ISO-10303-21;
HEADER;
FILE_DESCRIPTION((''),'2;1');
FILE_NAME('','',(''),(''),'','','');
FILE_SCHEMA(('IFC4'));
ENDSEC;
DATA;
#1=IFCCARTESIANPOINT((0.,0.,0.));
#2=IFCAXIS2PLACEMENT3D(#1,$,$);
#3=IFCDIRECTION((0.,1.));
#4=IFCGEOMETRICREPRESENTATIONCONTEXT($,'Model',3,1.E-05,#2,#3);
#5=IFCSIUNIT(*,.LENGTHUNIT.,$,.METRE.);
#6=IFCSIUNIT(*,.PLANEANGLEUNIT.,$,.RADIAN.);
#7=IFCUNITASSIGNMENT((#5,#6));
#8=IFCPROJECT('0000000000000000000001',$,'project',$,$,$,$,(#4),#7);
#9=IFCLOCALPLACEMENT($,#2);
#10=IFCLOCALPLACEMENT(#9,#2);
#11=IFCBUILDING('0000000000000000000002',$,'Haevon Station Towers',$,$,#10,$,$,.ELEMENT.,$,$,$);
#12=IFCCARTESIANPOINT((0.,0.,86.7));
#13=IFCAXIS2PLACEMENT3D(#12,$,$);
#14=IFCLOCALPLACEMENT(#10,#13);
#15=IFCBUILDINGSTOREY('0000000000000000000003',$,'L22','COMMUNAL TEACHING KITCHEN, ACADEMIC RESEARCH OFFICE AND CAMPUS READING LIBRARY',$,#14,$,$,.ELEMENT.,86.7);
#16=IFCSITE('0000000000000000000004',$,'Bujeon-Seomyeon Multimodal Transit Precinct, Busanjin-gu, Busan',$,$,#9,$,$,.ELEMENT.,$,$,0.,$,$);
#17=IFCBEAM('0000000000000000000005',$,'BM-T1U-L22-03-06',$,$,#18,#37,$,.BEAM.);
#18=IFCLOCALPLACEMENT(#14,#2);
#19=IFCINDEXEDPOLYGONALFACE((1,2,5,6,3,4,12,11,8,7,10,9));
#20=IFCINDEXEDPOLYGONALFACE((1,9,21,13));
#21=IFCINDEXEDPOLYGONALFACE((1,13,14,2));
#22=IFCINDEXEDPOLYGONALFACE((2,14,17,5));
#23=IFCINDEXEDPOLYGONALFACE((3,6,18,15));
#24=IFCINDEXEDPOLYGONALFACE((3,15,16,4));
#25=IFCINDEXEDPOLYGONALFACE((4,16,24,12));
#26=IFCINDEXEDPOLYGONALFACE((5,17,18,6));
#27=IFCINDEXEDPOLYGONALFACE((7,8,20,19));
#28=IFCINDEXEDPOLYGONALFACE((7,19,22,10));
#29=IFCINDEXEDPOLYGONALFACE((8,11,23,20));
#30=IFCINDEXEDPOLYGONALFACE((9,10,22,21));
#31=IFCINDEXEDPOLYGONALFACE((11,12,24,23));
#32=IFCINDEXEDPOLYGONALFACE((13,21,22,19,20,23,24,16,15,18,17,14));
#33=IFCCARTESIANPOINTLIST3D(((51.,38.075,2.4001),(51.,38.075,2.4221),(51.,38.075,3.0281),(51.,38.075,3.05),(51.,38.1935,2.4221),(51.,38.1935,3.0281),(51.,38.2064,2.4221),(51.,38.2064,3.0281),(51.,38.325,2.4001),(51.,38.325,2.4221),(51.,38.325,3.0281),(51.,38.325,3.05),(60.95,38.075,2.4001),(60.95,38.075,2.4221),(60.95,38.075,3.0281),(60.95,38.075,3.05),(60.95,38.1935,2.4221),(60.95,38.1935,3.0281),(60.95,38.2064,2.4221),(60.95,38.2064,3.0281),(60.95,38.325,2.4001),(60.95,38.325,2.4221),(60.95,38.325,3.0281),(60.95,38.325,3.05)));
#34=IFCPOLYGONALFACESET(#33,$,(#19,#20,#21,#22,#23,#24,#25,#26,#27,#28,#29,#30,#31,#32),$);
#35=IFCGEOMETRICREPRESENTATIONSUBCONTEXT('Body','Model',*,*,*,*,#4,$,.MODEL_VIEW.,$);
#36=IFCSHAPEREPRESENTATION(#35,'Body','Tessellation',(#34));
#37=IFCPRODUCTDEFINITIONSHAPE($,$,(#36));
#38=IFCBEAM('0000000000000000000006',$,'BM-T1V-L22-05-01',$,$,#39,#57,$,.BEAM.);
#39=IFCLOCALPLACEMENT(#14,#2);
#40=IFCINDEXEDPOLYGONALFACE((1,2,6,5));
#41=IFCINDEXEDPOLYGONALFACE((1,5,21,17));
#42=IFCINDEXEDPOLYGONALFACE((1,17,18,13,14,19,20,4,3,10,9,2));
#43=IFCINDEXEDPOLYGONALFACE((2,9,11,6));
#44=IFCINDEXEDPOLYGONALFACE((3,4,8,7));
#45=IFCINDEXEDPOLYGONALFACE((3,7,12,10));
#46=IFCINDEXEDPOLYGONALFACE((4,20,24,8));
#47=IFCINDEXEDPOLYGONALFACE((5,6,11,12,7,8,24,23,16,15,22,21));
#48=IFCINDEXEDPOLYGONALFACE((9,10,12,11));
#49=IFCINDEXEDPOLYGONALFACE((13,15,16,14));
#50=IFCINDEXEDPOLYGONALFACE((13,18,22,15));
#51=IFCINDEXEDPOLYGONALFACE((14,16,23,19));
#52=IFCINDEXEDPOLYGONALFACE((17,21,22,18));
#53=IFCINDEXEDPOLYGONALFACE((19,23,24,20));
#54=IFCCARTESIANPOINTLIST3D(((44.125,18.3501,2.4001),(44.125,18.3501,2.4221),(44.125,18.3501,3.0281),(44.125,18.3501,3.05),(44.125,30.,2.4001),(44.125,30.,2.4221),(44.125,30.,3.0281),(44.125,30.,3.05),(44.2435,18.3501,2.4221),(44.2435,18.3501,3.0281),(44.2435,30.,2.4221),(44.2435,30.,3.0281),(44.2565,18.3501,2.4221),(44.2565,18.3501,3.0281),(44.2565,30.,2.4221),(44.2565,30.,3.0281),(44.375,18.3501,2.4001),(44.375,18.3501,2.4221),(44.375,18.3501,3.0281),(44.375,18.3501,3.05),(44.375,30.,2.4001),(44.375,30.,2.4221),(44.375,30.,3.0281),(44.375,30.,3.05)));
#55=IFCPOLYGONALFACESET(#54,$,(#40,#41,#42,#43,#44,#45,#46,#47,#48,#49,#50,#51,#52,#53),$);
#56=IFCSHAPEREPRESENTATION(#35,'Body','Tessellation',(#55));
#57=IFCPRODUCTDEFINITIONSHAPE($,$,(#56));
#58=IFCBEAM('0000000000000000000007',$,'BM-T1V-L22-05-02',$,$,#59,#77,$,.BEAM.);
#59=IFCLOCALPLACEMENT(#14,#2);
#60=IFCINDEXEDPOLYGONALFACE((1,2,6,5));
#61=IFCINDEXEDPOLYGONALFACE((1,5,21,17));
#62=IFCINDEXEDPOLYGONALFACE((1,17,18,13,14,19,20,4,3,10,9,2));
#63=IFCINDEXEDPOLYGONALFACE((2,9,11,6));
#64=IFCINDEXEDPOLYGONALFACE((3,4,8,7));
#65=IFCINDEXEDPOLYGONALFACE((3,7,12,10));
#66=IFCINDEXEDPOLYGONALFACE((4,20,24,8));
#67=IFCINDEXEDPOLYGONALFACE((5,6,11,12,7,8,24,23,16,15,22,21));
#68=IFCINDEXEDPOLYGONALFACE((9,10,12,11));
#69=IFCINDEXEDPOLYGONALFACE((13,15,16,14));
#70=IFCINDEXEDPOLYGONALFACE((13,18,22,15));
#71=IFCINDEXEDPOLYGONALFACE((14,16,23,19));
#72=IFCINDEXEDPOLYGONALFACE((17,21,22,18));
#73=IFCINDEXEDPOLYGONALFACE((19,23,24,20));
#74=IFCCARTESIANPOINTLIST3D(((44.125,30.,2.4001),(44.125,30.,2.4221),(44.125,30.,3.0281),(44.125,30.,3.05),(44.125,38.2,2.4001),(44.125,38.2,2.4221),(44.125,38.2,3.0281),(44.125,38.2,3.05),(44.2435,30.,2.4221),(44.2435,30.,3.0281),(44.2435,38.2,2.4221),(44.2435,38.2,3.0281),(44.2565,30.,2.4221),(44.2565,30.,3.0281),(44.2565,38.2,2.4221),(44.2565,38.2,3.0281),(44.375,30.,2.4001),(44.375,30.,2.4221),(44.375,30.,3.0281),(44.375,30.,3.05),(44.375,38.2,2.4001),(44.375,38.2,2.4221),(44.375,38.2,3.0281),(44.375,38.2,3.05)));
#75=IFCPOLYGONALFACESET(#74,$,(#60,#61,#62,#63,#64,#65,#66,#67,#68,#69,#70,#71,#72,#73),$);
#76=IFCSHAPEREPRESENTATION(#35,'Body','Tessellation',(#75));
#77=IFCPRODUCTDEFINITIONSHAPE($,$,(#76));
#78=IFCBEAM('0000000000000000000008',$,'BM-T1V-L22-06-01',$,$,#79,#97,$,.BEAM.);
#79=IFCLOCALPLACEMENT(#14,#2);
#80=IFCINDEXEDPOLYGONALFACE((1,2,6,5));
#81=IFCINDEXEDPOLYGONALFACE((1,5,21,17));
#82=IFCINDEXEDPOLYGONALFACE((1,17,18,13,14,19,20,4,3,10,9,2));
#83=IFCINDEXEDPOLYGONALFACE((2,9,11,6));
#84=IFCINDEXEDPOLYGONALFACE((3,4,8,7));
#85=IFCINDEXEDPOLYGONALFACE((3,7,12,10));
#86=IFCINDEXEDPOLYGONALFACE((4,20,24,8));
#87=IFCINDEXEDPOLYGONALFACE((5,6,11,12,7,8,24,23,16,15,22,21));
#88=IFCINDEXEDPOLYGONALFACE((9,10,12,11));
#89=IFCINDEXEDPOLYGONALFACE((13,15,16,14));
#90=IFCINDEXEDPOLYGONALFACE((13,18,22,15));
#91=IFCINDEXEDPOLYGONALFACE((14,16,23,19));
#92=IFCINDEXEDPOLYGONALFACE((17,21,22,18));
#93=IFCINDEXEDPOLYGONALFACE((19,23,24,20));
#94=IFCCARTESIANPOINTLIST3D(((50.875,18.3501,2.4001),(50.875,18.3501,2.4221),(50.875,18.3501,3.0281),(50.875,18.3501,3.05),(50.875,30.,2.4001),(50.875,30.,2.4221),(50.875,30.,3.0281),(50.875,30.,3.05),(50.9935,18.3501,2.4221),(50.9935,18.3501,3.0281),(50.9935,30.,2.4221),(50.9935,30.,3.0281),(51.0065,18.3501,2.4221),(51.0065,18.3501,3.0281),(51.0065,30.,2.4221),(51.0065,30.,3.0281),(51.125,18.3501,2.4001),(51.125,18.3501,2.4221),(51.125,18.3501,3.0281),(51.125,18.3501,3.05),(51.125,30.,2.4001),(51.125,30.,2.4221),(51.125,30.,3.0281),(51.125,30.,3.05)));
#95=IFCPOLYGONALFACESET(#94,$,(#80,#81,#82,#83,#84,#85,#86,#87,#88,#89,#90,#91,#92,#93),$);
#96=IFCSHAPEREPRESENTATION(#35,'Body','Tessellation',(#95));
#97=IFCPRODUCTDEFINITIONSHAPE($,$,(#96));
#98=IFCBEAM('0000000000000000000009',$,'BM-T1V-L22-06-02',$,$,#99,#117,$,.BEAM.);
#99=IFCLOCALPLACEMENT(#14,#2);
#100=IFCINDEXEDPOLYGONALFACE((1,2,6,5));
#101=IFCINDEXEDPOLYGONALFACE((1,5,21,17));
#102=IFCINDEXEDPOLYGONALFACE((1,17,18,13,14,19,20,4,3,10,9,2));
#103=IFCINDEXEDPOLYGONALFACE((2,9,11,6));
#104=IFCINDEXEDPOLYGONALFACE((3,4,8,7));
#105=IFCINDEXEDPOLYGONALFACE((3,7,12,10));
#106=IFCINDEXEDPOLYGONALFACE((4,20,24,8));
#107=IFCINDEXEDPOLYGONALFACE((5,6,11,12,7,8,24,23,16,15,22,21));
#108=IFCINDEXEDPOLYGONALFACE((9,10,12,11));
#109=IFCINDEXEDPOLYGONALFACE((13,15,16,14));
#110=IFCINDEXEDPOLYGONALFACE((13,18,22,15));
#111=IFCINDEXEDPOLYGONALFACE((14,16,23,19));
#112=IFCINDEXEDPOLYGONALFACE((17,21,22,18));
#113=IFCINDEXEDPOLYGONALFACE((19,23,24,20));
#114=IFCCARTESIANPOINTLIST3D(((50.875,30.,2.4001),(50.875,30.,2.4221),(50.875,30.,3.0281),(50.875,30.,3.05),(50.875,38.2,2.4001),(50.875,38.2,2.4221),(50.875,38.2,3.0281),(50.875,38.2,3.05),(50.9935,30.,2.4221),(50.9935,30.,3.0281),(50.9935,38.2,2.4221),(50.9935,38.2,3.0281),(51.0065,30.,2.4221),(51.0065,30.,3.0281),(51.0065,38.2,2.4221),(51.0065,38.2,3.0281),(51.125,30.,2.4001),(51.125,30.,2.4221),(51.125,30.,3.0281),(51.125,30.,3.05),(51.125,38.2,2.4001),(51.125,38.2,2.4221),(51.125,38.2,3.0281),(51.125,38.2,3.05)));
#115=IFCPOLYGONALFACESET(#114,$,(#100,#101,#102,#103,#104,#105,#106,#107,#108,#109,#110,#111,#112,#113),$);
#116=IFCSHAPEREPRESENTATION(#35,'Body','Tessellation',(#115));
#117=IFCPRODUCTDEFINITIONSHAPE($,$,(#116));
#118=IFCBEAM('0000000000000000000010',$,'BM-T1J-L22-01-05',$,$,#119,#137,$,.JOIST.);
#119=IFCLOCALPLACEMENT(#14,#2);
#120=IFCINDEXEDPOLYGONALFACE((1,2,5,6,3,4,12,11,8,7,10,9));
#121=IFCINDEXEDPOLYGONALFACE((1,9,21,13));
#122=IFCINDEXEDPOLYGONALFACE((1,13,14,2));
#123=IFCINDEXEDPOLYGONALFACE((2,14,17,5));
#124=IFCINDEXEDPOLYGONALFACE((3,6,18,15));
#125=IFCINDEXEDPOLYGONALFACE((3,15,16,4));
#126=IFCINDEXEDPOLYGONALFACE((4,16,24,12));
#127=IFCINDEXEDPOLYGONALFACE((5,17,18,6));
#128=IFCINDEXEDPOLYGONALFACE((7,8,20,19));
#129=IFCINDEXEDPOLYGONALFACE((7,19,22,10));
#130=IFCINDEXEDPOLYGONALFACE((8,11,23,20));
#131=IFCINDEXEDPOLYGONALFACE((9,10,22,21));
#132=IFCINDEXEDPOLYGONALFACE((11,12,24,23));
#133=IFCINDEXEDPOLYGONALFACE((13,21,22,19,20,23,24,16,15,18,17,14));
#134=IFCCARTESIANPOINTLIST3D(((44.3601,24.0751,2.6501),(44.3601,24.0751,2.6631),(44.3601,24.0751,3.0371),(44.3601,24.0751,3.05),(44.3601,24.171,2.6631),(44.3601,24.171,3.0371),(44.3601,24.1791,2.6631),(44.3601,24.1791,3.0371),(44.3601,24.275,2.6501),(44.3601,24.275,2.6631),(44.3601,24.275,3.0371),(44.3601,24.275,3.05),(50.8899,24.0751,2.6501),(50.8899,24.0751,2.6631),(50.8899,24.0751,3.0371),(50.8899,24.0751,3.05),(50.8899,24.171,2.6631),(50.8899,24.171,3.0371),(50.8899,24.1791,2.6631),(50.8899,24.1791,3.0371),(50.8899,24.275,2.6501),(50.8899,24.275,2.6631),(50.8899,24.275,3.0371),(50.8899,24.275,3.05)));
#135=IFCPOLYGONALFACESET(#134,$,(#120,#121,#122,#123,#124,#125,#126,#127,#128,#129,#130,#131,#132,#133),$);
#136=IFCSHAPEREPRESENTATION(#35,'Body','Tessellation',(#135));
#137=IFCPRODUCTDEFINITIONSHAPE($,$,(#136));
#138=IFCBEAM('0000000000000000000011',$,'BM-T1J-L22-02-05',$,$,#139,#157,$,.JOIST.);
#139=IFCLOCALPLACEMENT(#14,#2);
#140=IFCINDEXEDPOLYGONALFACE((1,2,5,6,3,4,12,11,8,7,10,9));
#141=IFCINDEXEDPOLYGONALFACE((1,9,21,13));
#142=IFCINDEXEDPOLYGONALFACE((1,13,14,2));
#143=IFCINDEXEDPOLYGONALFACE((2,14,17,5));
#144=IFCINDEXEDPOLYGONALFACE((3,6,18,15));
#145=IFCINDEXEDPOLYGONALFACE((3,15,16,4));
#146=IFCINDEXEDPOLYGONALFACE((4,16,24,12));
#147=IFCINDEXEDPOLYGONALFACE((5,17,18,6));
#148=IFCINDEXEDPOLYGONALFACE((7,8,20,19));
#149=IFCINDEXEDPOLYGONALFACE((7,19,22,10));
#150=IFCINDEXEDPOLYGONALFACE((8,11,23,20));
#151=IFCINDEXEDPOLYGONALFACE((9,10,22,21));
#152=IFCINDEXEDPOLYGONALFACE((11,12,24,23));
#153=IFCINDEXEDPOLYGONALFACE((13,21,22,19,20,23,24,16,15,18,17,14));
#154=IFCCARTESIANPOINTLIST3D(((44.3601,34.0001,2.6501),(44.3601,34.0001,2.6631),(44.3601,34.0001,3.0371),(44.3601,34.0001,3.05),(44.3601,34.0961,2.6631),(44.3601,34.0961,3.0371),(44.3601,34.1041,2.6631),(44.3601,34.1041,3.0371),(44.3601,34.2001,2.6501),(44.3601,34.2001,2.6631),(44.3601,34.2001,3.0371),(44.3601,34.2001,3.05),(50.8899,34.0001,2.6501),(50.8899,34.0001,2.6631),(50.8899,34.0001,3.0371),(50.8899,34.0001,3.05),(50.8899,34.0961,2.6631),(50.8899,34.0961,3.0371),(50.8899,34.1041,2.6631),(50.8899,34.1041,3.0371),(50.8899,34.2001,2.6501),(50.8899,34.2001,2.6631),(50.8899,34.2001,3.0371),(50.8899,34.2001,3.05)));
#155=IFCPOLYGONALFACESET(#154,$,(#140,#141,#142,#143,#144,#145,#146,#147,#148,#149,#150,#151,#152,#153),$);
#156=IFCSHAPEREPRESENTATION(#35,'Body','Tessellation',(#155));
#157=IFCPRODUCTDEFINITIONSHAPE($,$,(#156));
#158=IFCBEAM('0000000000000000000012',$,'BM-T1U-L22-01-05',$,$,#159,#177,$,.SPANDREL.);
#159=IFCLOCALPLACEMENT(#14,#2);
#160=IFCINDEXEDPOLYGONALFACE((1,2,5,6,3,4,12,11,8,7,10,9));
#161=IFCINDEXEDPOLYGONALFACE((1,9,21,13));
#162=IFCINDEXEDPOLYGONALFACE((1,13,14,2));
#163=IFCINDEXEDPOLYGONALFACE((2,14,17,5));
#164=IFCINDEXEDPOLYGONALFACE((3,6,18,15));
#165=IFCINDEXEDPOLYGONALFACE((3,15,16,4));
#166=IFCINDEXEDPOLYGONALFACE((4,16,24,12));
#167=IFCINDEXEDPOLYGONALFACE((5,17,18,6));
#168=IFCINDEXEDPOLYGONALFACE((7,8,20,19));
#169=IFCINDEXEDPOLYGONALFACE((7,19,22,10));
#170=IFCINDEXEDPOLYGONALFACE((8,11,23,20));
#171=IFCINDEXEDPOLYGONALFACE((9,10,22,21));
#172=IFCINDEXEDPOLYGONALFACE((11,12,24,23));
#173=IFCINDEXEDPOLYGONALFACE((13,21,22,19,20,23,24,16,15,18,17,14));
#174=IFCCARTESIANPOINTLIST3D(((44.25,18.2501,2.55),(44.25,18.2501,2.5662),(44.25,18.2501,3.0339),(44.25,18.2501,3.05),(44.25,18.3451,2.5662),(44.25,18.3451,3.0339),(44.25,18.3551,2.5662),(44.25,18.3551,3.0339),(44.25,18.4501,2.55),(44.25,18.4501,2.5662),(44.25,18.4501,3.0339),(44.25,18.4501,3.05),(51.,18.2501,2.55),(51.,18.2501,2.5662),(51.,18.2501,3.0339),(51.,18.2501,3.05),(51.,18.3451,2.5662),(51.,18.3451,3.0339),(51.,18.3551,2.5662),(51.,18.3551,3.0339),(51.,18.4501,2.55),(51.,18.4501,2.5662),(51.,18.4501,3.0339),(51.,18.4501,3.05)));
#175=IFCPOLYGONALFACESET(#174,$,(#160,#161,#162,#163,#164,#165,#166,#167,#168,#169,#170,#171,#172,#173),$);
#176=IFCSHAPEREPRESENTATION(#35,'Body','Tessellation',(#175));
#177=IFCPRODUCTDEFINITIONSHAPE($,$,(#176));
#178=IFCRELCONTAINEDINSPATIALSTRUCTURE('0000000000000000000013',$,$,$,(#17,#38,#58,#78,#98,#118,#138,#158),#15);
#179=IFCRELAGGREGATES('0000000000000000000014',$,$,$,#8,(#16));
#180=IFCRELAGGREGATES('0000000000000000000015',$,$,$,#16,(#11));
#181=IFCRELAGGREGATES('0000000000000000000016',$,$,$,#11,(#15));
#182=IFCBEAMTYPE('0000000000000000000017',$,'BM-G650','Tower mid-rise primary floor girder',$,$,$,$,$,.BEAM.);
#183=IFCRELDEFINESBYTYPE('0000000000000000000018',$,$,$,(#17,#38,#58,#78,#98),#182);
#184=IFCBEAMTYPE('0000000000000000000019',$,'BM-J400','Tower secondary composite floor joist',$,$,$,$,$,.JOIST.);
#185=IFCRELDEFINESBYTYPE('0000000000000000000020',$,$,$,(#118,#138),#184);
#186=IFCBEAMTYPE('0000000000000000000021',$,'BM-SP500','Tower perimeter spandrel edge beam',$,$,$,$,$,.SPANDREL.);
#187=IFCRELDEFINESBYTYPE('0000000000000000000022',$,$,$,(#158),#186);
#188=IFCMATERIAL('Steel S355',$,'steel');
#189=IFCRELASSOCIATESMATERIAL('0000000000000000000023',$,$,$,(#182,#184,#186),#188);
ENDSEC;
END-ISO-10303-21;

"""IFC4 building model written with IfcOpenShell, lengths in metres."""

from ifc_helpers import new_model, si_unit, direction, frame, origin, origin_2d, place, context, subcontext, project, spatial, i_section, extrude, material, material_profile, profile_set, type_object, element, save


model = new_model("IFC4")

# Units and contexts
model_context = context("Model", 3, precision=1e-05, world=origin(), true_north=direction((0.0, 1.0)))
body_context = subcontext(model_context, "Body", "Model", "MODEL_VIEW")
ifc_project = project(units=[si_unit("LENGTHUNIT", "METRE"), si_unit("PLANEANGLEUNIT", "RADIAN")], contexts=[model_context])

# Site, building, storey
site_placement = place(None, origin())
site = spatial("IfcSite", under=ifc_project, at=site_placement, Name="Bujeon-Seomyeon Multimodal Transit Precinct, Busanjin-gu, Busan", CompositionType="ELEMENT", RefElevation=0.0)
building_placement = place(site_placement, origin())
building = spatial("IfcBuilding", under=site, at=building_placement, Name="Haevon Station Towers", CompositionType="ELEMENT")
storey_placement = place(building_placement, frame((0.0, 0.0, 86.7)))
storey = spatial("IfcBuildingStorey", under=building, at=storey_placement, Name="L22", Description="COMMUNAL TEACHING KITCHEN, ACADEMIC RESEARCH OFFICE AND CAMPUS READING LIBRARY", CompositionType="ELEMENT", Elevation=86.7)

# Beams
ifc_material_1 = material(Name="Steel S355", Category="steel")
ifc_material_profile_1 = material_profile(ifc_material_1, i_section(OverallWidth=0.25, OverallDepth=0.6499, WebThickness=0.0129, FlangeThickness=0.022, at=origin_2d()), Name="H-650x250x13x22")
ifc_profile_set_1 = profile_set([ifc_material_profile_1], Name="Steel S355")
beam_type_1 = type_object("IfcBeamType", Name="BM-G650", Description="Tower mid-rise primary floor girder", PredefinedType="BEAM", material=ifc_profile_set_1)
beam_1_placement = place(storey_placement, frame((51.0, 38.2, 2.7251), z_axis=(1.0, 0.0, 0.0), x_axis=(0.0, 1.0, 0.0)))
element("IfcBeam", 1, at=beam_1_placement, inside=storey, type_object=beam_type_1, Name="BM-T1U-L22-03-06", PredefinedType="BEAM", context=body_context, shape_type="SweptSolid", body=[
    extrude(i_section(OverallWidth=0.25, OverallDepth=0.6499, WebThickness=0.0129, FlangeThickness=0.022, at=origin_2d()), origin(), (0.0, 0.0, 1.0), 9.95),
])
beam_2_placement = place(storey_placement, frame((44.25, 18.3501, 2.7251), z_axis=(0.0, 1.0, 0.0), x_axis=(-1.0, 0.0, 0.0)))
element("IfcBeam", 2, at=beam_2_placement, inside=storey, type_object=beam_type_1, Name="BM-T1V-L22-05-01", PredefinedType="BEAM", context=body_context, shape_type="SweptSolid", body=[
    extrude(i_section(OverallWidth=0.25, OverallDepth=0.6499, WebThickness=0.0129, FlangeThickness=0.022, at=origin_2d()), origin(), (0.0, 0.0, 1.0), 11.6499),
])
beam_3_placement = place(storey_placement, frame((44.25, 30.0, 2.7251), z_axis=(0.0, 1.0, 0.0), x_axis=(-1.0, 0.0, 0.0)))
element("IfcBeam", 3, at=beam_3_placement, inside=storey, type_object=beam_type_1, Name="BM-T1V-L22-05-02", PredefinedType="BEAM", context=body_context, shape_type="SweptSolid", body=[
    extrude(i_section(OverallWidth=0.25, OverallDepth=0.6499, WebThickness=0.0129, FlangeThickness=0.022, at=origin_2d()), origin(), (0.0, 0.0, 1.0), 8.2),
])
beam_4_placement = place(storey_placement, frame((51.0, 18.3501, 2.7251), z_axis=(0.0, 1.0, 0.0), x_axis=(-1.0, 0.0, 0.0)))
element("IfcBeam", 4, at=beam_4_placement, inside=storey, type_object=beam_type_1, Name="BM-T1V-L22-06-01", PredefinedType="BEAM", context=body_context, shape_type="SweptSolid", body=[
    extrude(i_section(OverallWidth=0.25, OverallDepth=0.6499, WebThickness=0.0129, FlangeThickness=0.022, at=origin_2d()), origin(), (0.0, 0.0, 1.0), 11.6499),
])
beam_5_placement = place(storey_placement, frame((51.0, 30.0, 2.7251), z_axis=(0.0, 1.0, 0.0), x_axis=(-1.0, 0.0, 0.0)))
element("IfcBeam", 5, at=beam_5_placement, inside=storey, type_object=beam_type_1, Name="BM-T1V-L22-06-02", PredefinedType="BEAM", context=body_context, shape_type="SweptSolid", body=[
    extrude(i_section(OverallWidth=0.25, OverallDepth=0.6499, WebThickness=0.0129, FlangeThickness=0.022, at=origin_2d()), origin(), (0.0, 0.0, 1.0), 8.2),
])
ifc_material_profile_2 = material_profile(ifc_material_1, i_section(OverallWidth=0.2, OverallDepth=0.3999, WebThickness=0.0081, FlangeThickness=0.0129, at=origin_2d()), Name="H-400x200x8x13")
ifc_profile_set_2 = profile_set([ifc_material_profile_2], Name="Steel S355")
beam_type_2 = type_object("IfcBeamType", Name="BM-J400", Description="Tower secondary composite floor joist", PredefinedType="JOIST", material=ifc_profile_set_2)
for number, where, z_axis, x_axis, name in (
    (6, (44.3601, 24.175, 2.8501), (1.0, 0.0, 0.0), (0.0, 1.0, 0.0), "BM-T1J-L22-01-05"),
    (7, (44.3601, 34.1001, 2.8501), (1.0, 0.0, 0.0), (0.0, 1.0, 0.0), "BM-T1J-L22-02-05"),
):
    element("IfcBeam", number, at=place(storey_placement, frame(where, z_axis=z_axis, x_axis=x_axis)), inside=storey, type_object=beam_type_2, Name=name, PredefinedType="JOIST", context=body_context, shape_type="SweptSolid", body=[
        extrude(i_section(OverallWidth=0.2, OverallDepth=0.3999, WebThickness=0.0081, FlangeThickness=0.0129, at=origin_2d()), origin(), (0.0, 0.0, 1.0), 6.5298),
    ])
ifc_material_profile_3 = material_profile(ifc_material_1, i_section(OverallWidth=0.2, OverallDepth=0.5, WebThickness=0.01, FlangeThickness=0.0161, at=origin_2d()), Name="H-500x200x10x16")
ifc_profile_set_3 = profile_set([ifc_material_profile_3], Name="Steel S355")
beam_type_3 = type_object("IfcBeamType", Name="BM-SP500", Description="Tower perimeter spandrel edge beam", PredefinedType="SPANDREL", material=ifc_profile_set_3)
beam_6_placement = place(storey_placement, frame((44.25, 18.3501, 2.8), z_axis=(1.0, 0.0, 0.0), x_axis=(0.0, 1.0, 0.0)))
element("IfcBeam", 8, at=beam_6_placement, inside=storey, type_object=beam_type_3, Name="BM-T1U-L22-01-05", PredefinedType="SPANDREL", context=body_context, shape_type="SweptSolid", body=[
    extrude(i_section(OverallWidth=0.2, OverallDepth=0.5, WebThickness=0.01, FlangeThickness=0.0161, at=origin_2d()), origin(), (0.0, 0.0, 1.0), 6.75),
])

save(model, "model.ifc")
